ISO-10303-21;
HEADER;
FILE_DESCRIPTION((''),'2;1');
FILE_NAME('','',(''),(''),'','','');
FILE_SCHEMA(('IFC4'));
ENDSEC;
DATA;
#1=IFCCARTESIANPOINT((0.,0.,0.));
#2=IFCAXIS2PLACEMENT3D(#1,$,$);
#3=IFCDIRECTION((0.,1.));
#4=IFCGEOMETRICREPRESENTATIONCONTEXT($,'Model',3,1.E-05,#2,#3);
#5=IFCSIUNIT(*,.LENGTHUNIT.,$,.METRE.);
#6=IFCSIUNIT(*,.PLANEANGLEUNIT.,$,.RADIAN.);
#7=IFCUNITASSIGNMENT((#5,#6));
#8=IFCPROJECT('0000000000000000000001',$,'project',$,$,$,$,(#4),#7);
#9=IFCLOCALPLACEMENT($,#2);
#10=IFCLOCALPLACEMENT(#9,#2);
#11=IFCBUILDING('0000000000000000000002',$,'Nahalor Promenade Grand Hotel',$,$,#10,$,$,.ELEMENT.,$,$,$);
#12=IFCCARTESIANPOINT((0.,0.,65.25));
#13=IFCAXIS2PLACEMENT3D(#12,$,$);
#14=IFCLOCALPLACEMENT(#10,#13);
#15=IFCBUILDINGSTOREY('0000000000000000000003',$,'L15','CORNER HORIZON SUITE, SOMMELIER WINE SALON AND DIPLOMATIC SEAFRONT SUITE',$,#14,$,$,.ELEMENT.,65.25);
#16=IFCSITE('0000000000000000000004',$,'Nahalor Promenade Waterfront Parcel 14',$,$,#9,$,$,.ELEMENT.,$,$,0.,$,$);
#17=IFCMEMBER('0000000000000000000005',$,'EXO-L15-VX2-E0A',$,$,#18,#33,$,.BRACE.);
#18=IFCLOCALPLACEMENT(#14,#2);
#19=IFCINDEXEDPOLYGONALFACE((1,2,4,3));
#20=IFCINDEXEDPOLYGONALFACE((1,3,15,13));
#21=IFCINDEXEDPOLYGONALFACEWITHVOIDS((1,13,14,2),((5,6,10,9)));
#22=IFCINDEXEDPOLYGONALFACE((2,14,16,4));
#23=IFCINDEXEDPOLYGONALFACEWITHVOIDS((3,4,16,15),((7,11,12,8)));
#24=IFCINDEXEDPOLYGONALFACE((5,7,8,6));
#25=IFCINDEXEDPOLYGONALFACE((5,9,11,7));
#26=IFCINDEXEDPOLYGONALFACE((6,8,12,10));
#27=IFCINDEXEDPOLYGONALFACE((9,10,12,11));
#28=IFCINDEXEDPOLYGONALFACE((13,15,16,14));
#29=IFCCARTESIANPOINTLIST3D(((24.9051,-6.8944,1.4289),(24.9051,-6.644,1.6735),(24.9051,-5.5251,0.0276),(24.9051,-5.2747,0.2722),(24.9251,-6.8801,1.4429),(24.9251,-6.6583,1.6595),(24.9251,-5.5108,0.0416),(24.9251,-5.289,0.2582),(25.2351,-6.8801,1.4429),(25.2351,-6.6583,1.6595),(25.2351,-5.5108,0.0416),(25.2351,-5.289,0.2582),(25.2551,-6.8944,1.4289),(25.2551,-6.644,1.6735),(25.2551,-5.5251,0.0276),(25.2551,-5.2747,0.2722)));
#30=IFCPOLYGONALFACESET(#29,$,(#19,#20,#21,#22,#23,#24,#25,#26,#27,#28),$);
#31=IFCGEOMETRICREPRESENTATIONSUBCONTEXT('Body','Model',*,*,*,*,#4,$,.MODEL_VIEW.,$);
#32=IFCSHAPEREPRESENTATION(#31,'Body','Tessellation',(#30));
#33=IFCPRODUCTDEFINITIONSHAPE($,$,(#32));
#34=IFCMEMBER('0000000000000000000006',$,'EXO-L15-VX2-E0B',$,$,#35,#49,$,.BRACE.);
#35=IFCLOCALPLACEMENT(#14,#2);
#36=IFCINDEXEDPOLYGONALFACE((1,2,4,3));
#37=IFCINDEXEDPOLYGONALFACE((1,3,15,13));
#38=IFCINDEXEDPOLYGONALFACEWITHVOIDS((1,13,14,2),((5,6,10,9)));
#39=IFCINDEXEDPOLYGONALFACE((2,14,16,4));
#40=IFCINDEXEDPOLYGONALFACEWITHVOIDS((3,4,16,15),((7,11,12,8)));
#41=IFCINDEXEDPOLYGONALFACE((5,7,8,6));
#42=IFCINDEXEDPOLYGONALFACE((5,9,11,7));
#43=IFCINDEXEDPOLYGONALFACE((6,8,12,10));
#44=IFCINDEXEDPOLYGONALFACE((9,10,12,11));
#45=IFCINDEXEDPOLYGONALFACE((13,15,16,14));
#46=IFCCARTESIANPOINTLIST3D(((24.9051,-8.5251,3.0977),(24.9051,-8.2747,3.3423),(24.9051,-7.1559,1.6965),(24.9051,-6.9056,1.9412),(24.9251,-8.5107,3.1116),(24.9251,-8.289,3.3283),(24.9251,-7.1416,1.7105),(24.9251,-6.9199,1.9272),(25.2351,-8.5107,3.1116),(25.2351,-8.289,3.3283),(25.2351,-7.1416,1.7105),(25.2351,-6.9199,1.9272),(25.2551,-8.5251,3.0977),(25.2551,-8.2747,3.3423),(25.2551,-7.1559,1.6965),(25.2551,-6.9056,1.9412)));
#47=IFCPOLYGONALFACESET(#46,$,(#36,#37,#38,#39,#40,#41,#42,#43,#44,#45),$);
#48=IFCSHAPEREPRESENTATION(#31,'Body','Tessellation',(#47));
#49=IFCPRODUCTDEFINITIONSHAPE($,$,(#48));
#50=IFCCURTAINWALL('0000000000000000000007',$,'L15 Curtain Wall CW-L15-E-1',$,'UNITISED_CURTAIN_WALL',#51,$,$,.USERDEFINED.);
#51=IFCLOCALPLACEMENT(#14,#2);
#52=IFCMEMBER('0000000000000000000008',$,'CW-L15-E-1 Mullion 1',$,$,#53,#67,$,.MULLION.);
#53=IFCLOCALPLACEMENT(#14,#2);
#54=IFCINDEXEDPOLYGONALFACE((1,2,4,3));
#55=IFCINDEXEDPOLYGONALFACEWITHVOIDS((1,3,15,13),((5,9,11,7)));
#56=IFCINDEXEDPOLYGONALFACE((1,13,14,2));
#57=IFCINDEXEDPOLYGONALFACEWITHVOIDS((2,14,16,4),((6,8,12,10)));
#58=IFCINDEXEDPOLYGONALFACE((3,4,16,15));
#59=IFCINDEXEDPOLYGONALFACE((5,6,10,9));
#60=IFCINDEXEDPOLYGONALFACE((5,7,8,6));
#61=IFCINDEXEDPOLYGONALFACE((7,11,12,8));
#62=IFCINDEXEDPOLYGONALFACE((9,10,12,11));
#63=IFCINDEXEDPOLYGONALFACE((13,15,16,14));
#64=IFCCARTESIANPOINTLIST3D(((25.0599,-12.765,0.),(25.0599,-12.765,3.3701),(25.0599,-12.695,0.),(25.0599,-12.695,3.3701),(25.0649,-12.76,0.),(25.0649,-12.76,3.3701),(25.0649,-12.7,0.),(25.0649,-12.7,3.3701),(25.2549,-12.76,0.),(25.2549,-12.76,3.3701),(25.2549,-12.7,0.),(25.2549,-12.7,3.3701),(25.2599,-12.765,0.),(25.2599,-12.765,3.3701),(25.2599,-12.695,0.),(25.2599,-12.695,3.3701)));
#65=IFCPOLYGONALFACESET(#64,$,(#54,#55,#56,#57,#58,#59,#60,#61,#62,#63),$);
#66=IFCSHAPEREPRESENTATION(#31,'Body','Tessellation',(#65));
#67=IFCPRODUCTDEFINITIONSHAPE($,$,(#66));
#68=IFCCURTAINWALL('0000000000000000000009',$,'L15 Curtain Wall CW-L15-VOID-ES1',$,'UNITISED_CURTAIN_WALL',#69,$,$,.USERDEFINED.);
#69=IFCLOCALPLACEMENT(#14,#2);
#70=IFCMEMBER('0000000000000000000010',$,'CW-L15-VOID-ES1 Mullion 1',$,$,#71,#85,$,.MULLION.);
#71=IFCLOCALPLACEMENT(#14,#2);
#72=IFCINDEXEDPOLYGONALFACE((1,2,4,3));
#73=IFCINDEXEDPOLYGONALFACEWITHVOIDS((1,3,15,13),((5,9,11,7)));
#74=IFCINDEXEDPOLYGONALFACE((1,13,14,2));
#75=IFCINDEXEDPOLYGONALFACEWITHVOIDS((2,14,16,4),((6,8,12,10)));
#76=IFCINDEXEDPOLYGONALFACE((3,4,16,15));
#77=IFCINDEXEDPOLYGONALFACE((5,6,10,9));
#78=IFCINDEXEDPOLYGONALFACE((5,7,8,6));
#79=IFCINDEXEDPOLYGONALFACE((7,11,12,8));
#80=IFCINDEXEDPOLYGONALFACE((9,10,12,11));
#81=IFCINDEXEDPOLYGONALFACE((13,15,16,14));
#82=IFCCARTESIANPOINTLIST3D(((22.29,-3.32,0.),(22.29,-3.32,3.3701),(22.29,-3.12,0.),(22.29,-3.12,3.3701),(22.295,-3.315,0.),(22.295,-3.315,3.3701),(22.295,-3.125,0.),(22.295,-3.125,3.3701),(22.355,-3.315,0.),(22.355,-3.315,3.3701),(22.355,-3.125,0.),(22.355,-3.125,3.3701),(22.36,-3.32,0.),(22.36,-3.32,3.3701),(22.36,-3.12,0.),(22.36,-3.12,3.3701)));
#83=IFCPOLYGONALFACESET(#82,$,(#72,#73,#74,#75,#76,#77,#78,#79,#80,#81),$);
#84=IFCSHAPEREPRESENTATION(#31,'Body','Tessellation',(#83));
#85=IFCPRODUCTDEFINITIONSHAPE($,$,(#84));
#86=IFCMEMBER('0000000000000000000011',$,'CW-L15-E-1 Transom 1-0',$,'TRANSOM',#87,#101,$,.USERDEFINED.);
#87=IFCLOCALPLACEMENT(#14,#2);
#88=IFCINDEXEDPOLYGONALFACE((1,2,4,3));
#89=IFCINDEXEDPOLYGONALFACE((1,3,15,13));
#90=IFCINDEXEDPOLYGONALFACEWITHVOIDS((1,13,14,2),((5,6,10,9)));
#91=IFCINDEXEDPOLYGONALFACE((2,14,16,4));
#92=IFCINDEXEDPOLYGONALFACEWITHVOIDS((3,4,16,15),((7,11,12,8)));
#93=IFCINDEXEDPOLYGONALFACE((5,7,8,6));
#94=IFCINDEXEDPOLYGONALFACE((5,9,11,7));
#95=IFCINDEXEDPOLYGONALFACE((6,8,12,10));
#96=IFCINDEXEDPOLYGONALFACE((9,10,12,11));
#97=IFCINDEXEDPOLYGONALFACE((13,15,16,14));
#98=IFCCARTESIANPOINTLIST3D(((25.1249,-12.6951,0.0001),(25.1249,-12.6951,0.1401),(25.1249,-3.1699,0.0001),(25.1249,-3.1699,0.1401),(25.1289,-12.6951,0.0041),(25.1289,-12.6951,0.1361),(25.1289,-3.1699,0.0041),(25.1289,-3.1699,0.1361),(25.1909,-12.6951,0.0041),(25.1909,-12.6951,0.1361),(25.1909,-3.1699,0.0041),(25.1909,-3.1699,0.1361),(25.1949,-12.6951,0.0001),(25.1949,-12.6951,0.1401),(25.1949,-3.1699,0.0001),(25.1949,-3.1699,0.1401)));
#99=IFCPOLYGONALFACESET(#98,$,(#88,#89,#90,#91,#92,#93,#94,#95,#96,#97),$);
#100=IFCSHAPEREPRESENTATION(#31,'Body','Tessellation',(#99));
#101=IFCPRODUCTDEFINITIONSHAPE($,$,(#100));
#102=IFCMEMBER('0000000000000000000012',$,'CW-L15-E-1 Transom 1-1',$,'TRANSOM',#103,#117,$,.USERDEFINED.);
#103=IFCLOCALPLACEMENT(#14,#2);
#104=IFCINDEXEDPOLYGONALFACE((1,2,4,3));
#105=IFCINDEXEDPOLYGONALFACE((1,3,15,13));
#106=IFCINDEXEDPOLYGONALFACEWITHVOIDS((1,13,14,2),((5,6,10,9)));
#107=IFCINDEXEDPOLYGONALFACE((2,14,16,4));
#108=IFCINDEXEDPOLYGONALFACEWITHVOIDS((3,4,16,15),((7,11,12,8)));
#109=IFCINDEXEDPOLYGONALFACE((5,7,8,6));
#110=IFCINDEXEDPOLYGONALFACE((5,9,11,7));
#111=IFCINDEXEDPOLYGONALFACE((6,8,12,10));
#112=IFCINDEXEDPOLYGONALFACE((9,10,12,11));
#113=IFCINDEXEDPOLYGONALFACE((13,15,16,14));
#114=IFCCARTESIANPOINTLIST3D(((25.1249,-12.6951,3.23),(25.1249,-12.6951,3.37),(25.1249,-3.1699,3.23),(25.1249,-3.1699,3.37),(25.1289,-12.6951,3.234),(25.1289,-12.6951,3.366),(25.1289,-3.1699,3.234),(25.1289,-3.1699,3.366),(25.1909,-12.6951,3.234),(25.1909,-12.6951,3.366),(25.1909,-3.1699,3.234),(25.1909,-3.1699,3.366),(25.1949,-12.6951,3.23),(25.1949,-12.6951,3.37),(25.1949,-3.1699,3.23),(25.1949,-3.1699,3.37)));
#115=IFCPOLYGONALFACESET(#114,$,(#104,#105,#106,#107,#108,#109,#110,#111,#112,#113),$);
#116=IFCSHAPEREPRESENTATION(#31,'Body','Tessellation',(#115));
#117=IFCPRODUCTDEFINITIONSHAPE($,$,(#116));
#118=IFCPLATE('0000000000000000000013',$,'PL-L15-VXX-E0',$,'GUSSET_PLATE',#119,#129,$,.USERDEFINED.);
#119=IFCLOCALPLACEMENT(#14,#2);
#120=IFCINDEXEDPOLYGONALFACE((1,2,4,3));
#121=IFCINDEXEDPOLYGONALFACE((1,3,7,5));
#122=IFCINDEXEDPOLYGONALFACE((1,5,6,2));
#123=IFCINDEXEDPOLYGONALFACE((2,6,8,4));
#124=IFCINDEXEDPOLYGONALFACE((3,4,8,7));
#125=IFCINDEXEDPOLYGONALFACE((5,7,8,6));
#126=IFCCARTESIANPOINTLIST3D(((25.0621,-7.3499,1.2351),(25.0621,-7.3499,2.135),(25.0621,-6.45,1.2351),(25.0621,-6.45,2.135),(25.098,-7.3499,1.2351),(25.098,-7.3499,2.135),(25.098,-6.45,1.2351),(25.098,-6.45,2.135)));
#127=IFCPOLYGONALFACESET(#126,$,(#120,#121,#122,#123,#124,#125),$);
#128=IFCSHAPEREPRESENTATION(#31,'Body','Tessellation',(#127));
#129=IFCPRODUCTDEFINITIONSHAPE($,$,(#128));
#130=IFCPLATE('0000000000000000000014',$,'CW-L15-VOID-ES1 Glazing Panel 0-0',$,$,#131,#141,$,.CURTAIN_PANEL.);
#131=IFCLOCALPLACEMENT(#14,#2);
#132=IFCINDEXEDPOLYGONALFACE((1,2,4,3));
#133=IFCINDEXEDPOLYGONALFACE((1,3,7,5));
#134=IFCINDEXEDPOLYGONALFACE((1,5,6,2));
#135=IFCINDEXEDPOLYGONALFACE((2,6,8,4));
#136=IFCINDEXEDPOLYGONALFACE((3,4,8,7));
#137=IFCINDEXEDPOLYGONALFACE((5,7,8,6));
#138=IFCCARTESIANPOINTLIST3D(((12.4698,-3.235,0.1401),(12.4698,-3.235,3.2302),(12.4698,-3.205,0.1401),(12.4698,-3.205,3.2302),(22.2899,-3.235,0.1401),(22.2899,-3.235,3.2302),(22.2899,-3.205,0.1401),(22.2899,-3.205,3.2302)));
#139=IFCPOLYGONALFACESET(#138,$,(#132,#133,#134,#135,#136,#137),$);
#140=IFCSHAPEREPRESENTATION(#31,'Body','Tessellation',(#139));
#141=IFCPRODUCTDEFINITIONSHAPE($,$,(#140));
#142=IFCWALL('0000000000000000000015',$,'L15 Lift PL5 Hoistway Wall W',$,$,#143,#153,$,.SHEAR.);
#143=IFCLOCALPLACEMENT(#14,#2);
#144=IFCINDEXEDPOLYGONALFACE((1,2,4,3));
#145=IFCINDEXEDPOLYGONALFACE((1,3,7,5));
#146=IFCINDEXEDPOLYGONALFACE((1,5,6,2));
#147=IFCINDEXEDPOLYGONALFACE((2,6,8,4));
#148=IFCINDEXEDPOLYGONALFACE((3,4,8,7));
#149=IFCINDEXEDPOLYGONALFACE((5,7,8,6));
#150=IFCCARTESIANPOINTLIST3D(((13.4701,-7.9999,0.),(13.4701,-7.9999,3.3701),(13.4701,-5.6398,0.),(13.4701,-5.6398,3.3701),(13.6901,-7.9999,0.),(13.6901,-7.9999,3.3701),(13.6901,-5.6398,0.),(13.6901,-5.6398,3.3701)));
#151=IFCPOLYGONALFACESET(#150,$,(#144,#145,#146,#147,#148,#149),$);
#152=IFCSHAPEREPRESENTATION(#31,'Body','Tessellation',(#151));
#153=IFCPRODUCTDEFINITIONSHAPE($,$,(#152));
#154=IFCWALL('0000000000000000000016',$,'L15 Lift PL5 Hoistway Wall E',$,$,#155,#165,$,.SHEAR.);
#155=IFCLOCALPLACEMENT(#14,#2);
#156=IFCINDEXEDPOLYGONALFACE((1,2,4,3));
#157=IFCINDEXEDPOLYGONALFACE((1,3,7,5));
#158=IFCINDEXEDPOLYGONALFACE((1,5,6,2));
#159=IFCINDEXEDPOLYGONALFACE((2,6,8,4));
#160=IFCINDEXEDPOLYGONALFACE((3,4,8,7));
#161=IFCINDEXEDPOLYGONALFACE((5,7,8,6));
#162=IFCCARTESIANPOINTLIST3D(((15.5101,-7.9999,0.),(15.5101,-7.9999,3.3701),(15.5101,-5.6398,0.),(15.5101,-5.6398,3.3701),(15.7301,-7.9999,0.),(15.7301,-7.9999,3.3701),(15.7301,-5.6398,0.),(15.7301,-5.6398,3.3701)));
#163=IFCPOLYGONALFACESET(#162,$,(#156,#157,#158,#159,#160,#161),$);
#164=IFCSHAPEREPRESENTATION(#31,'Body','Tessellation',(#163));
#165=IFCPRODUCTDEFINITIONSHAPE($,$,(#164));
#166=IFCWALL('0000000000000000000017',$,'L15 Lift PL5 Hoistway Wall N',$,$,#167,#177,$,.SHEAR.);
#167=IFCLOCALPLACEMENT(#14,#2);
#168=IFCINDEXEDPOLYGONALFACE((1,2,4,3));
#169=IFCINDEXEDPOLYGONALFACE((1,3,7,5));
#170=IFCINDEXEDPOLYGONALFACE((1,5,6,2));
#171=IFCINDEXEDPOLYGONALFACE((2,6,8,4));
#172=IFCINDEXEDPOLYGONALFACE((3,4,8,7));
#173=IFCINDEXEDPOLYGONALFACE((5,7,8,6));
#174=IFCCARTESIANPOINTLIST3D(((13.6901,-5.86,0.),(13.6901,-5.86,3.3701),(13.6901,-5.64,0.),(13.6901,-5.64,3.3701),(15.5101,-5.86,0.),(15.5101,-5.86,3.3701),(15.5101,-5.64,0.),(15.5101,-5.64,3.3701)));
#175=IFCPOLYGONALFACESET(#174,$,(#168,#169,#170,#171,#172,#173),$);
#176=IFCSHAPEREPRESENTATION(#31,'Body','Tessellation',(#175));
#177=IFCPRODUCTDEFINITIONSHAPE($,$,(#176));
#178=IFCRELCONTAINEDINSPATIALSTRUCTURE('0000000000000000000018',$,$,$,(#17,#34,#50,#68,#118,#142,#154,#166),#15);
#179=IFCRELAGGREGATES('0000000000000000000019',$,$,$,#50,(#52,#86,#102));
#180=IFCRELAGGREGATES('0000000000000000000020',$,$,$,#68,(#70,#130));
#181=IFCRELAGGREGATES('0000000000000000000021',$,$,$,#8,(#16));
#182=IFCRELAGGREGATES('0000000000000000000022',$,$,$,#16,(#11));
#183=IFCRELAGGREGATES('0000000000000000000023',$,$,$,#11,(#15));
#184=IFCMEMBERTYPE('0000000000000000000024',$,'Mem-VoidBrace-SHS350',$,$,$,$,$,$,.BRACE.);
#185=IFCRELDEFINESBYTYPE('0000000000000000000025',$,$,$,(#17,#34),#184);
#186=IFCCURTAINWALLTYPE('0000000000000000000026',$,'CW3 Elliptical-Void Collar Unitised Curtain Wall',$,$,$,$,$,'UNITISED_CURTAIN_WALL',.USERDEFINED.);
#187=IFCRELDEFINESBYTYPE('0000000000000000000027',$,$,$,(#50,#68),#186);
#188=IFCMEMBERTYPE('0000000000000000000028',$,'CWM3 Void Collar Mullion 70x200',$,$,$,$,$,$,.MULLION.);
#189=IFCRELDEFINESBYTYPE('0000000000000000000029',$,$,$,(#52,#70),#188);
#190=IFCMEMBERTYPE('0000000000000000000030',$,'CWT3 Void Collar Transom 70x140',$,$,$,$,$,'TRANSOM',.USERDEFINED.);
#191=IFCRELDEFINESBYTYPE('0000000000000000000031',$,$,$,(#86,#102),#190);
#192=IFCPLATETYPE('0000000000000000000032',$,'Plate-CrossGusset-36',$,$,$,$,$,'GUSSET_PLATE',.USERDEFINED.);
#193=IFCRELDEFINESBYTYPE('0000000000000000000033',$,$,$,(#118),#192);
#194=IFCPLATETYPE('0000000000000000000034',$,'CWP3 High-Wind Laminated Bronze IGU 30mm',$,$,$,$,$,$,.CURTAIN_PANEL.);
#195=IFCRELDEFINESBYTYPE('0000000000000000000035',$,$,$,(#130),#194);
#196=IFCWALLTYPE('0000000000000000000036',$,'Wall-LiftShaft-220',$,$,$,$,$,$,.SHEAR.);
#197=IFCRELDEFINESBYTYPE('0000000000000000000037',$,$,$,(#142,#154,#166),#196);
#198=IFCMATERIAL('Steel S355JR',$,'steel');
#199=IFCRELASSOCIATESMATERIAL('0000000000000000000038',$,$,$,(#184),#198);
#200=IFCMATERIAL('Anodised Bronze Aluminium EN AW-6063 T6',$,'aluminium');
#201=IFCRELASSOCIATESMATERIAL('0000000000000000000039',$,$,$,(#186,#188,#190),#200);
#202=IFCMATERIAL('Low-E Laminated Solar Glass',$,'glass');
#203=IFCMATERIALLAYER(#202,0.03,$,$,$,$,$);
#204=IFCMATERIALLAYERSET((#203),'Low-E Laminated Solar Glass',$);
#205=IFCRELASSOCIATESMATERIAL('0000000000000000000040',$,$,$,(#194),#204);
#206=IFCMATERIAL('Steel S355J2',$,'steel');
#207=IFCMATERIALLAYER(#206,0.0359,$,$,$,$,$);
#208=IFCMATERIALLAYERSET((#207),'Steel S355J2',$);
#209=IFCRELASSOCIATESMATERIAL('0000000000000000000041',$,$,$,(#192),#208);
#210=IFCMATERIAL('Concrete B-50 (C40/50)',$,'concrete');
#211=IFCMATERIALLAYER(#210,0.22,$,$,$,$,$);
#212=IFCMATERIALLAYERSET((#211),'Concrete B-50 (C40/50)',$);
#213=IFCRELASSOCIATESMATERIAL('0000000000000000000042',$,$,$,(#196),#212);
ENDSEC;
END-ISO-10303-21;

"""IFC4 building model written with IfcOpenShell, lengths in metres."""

from ifc_helpers import new_model, si_unit, direction, frame, frame_2d, origin, origin_2d, place, context, subcontext, project, spatial, rectangle, hollow_rectangle, extrude, source, transform, mapped, material, layer, layer_set, material_profile, profile_set, type_object, element, aggregate, save


model = new_model("IFC4")

# Units and contexts
model_context = context("Model", 3, precision=1e-05, world=origin(), true_north=direction((0.0, 1.0)))
body_context = subcontext(model_context, "Body", "Model", "MODEL_VIEW")
ifc_project = project(units=[si_unit("LENGTHUNIT", "METRE"), si_unit("PLANEANGLEUNIT", "RADIAN")], contexts=[model_context])

# Site, building, storey
site_placement = place(None, origin())
site = spatial("IfcSite", under=ifc_project, at=site_placement, Name="Nahalor Promenade Waterfront Parcel 14", CompositionType="ELEMENT", RefElevation=0.0)
building_placement = place(site_placement, origin())
building = spatial("IfcBuilding", under=site, at=building_placement, Name="Nahalor Promenade Grand Hotel", CompositionType="ELEMENT")
storey_placement = place(building_placement, frame((0.0, 0.0, 65.25)))
storey = spatial("IfcBuildingStorey", under=building, at=storey_placement, Name="L15", Description="CORNER HORIZON SUITE, SOMMELIER WINE SALON AND DIPLOMATIC SEAFRONT SUITE", CompositionType="ELEMENT", Elevation=65.25)

# Shared definitions
ifc_material_1 = material(Name="Steel S355J2", Category="steel")

# Shared definitions
ifc_material_2 = material(Name="Steel S355JR", Category="steel")

# Members
ifc_material_profile_1 = material_profile(ifc_material_2, hollow_rectangle(XDim=0.35, YDim=0.35, WallThickness=0.02, at=origin_2d()), Name="SHS 350x350x20")
ifc_profile_set_1 = profile_set([ifc_material_profile_1], Name="Steel S355JR")
member_type_1 = type_object("IfcMemberType", Name="Mem-VoidBrace-SHS350", PredefinedType="BRACE", material=ifc_profile_set_1)
shared_shape_1 = source(origin(), body_context, "Body", "SweptSolid", [
    extrude(hollow_rectangle(XDim=0.35, YDim=0.35, WallThickness=0.02, at=origin_2d()), origin(), (0.0, 0.0, 1.0), 1.9592),
])
member_1_placement = place(storey_placement, frame((25.0801, -5.3999, 0.1499), z_axis=(0.0, -0.698898, 0.715221), x_axis=(1.0, 0.0, 0.0)))
element("IfcMember", 1, at=member_1_placement, inside=storey, type_object=member_type_1, Name="EXO-L15-VX2-E0A", PredefinedType="BRACE", context=body_context, shape_type="MappedRepresentation", body=[
    mapped(shared_shape_1, transform((0.0, 0.0, 0.0), scale=1.0)),
])
shared_shape_2 = source(origin(), body_context, "Body", "SweptSolid", [
    extrude(hollow_rectangle(XDim=0.35, YDim=0.35, WallThickness=0.02, at=origin_2d()), origin(), (0.0, 0.0, 1.0), 1.959),
])
member_2_placement = place(storey_placement, frame((25.0801, -7.0308, 1.8188), z_axis=(0.0, -0.698897, 0.715223), x_axis=(1.0, 0.0, 0.0)))
element("IfcMember", 2, at=member_2_placement, inside=storey, type_object=member_type_1, Name="EXO-L15-VX2-E0B", PredefinedType="BRACE", context=body_context, shape_type="MappedRepresentation", body=[
    mapped(shared_shape_2, transform((0.0, 0.0, 0.0), scale=1.0)),
])

# Curtain walls, members
ifc_material_3 = material(Name="Anodised Bronze Aluminium EN AW-6063 T6", Category="aluminium")
curtain_wall_type = type_object("IfcCurtainWallType", Name="CW3 Elliptical-Void Collar Unitised Curtain Wall", ElementType="UNITISED_CURTAIN_WALL", PredefinedType="USERDEFINED", material=ifc_material_3)
curtain_wall_1_placement = place(storey_placement, origin())
curtain_wall_1 = element("IfcCurtainWall", 3, at=curtain_wall_1_placement, inside=storey, type_object=curtain_wall_type, Name="L15 Curtain Wall CW-L15-E-1", ObjectType="UNITISED_CURTAIN_WALL", PredefinedType="USERDEFINED")
ifc_material_profile_2 = material_profile(ifc_material_3, hollow_rectangle(XDim=0.07, YDim=0.2, WallThickness=0.005, at=origin_2d()), Name="CWM 70x200x5")
ifc_profile_set_2 = profile_set([ifc_material_profile_2], Name="Anodised Bronze Aluminium EN AW-6063 T6")
member_type_2 = type_object("IfcMemberType", Name="CWM3 Void Collar Mullion 70x200", PredefinedType="MULLION", material=ifc_profile_set_2)
shared_shape_3 = source(origin(), body_context, "Body", "SweptSolid", [
    extrude(hollow_rectangle(XDim=0.07, YDim=0.2, WallThickness=0.005, at=origin_2d()), origin(), (0.0, 0.0, 1.0), 3.3701),
])
member_3_placement = place(storey_placement, frame((25.1599, -12.73, 0.0), z_axis=(0.0, 0.0, 1.0), x_axis=(0.0, 1.0, 0.0)))
member_3 = element("IfcMember", 4, at=member_3_placement, type_object=member_type_2, Name="CW-L15-E-1 Mullion 1", PredefinedType="MULLION", context=body_context, shape_type="MappedRepresentation", body=[
    mapped(shared_shape_3, transform((0.0, 0.0, 0.0), scale=1.0)),
])
curtain_wall_2_placement = place(storey_placement, origin())
curtain_wall_2 = element("IfcCurtainWall", 5, at=curtain_wall_2_placement, inside=storey, type_object=curtain_wall_type, Name="L15 Curtain Wall CW-L15-VOID-ES1", ObjectType="UNITISED_CURTAIN_WALL", PredefinedType="USERDEFINED")
member_4_placement = place(storey_placement, frame((22.325, -3.22, 0.0), z_axis=(0.0, 0.0, 1.0), x_axis=(1.0, 0.0, 0.0)))
member_4 = element("IfcMember", 6, at=member_4_placement, type_object=member_type_2, Name="CW-L15-VOID-ES1 Mullion 1", PredefinedType="MULLION", context=body_context, shape_type="MappedRepresentation", body=[
    mapped(shared_shape_3, transform((0.0, 0.0, 0.0), scale=1.0)),
])

# Members
ifc_material_profile_3 = material_profile(ifc_material_3, hollow_rectangle(XDim=0.07, YDim=0.14, WallThickness=0.004, at=origin_2d()), Name="CWT 70x140x4")
ifc_profile_set_3 = profile_set([ifc_material_profile_3], Name="Anodised Bronze Aluminium EN AW-6063 T6")
member_type_3 = type_object("IfcMemberType", Name="CWT3 Void Collar Transom 70x140", ElementType="TRANSOM", PredefinedType="USERDEFINED", material=ifc_profile_set_3)
shared_shape_4 = source(origin(), body_context, "Body", "SweptSolid", [
    extrude(hollow_rectangle(XDim=0.07, YDim=0.14, WallThickness=0.004, at=origin_2d()), origin(), (0.0, 0.0, 1.0), 9.5251),
])
member_5_placement = place(storey_placement, frame((25.1599, -12.6951, 0.0701), z_axis=(0.0, 1.0, 0.0), x_axis=(-1.0, 0.0, 0.0)))
member_5 = element("IfcMember", 7, at=member_5_placement, type_object=member_type_3, Name="CW-L15-E-1 Transom 1-0", ObjectType="TRANSOM", PredefinedType="USERDEFINED", context=body_context, shape_type="MappedRepresentation", body=[
    mapped(shared_shape_4, transform((0.0, 0.0, 0.0), scale=1.0)),
])
member_6_placement = place(storey_placement, frame((25.1599, -12.6951, 3.3), z_axis=(0.0, 1.0, 0.0), x_axis=(-1.0, 0.0, 0.0)))
member_6 = element("IfcMember", 8, at=member_6_placement, type_object=member_type_3, Name="CW-L15-E-1 Transom 1-1", ObjectType="TRANSOM", PredefinedType="USERDEFINED", context=body_context, shape_type="MappedRepresentation", body=[
    mapped(shared_shape_4, transform((0.0, 0.0, 0.0), scale=1.0)),
])

# Plates
ifc_material_4 = material(Name="Low-E Laminated Solar Glass", Category="glass")
ifc_layer_1 = layer(ifc_material_4, 0.03)
ifc_layer_set_1 = layer_set([ifc_layer_1], Name="Low-E Laminated Solar Glass")
plate_type_1 = type_object("IfcPlateType", Name="CWP3 High-Wind Laminated Bronze IGU 30mm", PredefinedType="CURTAIN_PANEL", material=ifc_layer_set_1)
aggregate(curtain_wall_1, [member_3, member_5, member_6])
ifc_layer_2 = layer(ifc_material_1, 0.0359)
ifc_layer_set_2 = layer_set([ifc_layer_2], Name="Steel S355J2")
plate_type_2 = type_object("IfcPlateType", Name="Plate-CrossGusset-36", ElementType="GUSSET_PLATE", PredefinedType="USERDEFINED", material=ifc_layer_set_2)
shared_shape_5 = source(origin(), body_context, "Body", "SweptSolid", [
    extrude(rectangle(XDim=0.8999, YDim=0.0359, at=origin_2d()), origin(), (0.0, 0.0, 1.0), 0.8999),
])
plate_1_placement = place(storey_placement, frame((25.0801, -6.8999, 1.2351), z_axis=(0.0, 0.0, 1.0), x_axis=(0.0, 1.0, 0.0)))
element("IfcPlate", 9, at=plate_1_placement, inside=storey, type_object=plate_type_2, Name="PL-L15-VXX-E0", ObjectType="GUSSET_PLATE", PredefinedType="USERDEFINED", context=body_context, shape_type="MappedRepresentation", body=[
    mapped(shared_shape_5, transform((0.0, 0.0, 0.0), scale=1.0)),
])
shared_shape_6 = source(origin(), body_context, "Body", "SweptSolid", [
    extrude(rectangle(XDim=9.8201, YDim=0.03, at=origin_2d()), origin(), (0.0, 0.0, 1.0), 3.0901),
])
plate_2_placement = place(storey_placement, frame((17.3799, -3.22, 0.1401), z_axis=(0.0, 0.0, 1.0), x_axis=(1.0, 0.0, 0.0)))
plate_2 = element("IfcPlate", 10, at=plate_2_placement, type_object=plate_type_1, Name="CW-L15-VOID-ES1 Glazing Panel 0-0", PredefinedType="CURTAIN_PANEL", context=body_context, shape_type="MappedRepresentation", body=[
    mapped(shared_shape_6, transform((0.0, 0.0, 0.0), scale=1.0)),
])
aggregate(curtain_wall_2, [member_4, plate_2])

# Walls
ifc_material_5 = material(Name="Concrete B-50 (C40/50)", Category="concrete")
ifc_layer_3 = layer(ifc_material_5, 0.22)
ifc_layer_set_3 = layer_set([ifc_layer_3], Name="Concrete B-50 (C40/50)")
wall_type_1 = type_object("IfcWallType", Name="Wall-LiftShaft-220", PredefinedType="SHEAR", material=ifc_layer_set_3)
shared_shape_7 = source(origin(), body_context, "Body", "SweptSolid", [
    extrude(rectangle(XDim=2.3601, YDim=0.22, at=frame_2d((1.1802, 0.0))), origin(), (0.0, 0.0, 1.0), 3.3701),
])
for number, where, z_axis, x_axis, name in (
    (11, (13.5801, -8.0, 0.0), (0.0, 0.0, 1.0), (0.0, 1.0, 0.0), "L15 Lift PL5 Hoistway Wall W"),
    (12, (15.6201, -8.0, 0.0), (0.0, 0.0, 1.0), (0.0, 1.0, 0.0), "L15 Lift PL5 Hoistway Wall E"),
):
    element("IfcWall", number, at=place(storey_placement, frame(where, z_axis=z_axis, x_axis=x_axis)), inside=storey, type_object=wall_type_1, Name=name, PredefinedType="SHEAR", context=body_context, shape_type="MappedRepresentation", body=[
        mapped(shared_shape_7, transform((0.0, 0.0, 0.0), scale=1.0)),
    ])
shared_shape_8 = source(origin(), body_context, "Body", "SweptSolid", [
    extrude(rectangle(XDim=1.8201, YDim=0.22, at=frame_2d((0.9102, 0.0))), origin(), (0.0, 0.0, 1.0), 3.3701),
])
wall_1_placement = place(storey_placement, frame((13.6899, -5.75, 0.0), z_axis=(0.0, 0.0, 1.0), x_axis=(1.0, 0.0, 0.0)))
element("IfcWall", 13, at=wall_1_placement, inside=storey, type_object=wall_type_1, Name="L15 Lift PL5 Hoistway Wall N", PredefinedType="SHEAR", context=body_context, shape_type="MappedRepresentation", body=[
    mapped(shared_shape_8, transform((0.0, 0.0, 0.0), scale=1.0)),
])

save(model, "model.ifc")
